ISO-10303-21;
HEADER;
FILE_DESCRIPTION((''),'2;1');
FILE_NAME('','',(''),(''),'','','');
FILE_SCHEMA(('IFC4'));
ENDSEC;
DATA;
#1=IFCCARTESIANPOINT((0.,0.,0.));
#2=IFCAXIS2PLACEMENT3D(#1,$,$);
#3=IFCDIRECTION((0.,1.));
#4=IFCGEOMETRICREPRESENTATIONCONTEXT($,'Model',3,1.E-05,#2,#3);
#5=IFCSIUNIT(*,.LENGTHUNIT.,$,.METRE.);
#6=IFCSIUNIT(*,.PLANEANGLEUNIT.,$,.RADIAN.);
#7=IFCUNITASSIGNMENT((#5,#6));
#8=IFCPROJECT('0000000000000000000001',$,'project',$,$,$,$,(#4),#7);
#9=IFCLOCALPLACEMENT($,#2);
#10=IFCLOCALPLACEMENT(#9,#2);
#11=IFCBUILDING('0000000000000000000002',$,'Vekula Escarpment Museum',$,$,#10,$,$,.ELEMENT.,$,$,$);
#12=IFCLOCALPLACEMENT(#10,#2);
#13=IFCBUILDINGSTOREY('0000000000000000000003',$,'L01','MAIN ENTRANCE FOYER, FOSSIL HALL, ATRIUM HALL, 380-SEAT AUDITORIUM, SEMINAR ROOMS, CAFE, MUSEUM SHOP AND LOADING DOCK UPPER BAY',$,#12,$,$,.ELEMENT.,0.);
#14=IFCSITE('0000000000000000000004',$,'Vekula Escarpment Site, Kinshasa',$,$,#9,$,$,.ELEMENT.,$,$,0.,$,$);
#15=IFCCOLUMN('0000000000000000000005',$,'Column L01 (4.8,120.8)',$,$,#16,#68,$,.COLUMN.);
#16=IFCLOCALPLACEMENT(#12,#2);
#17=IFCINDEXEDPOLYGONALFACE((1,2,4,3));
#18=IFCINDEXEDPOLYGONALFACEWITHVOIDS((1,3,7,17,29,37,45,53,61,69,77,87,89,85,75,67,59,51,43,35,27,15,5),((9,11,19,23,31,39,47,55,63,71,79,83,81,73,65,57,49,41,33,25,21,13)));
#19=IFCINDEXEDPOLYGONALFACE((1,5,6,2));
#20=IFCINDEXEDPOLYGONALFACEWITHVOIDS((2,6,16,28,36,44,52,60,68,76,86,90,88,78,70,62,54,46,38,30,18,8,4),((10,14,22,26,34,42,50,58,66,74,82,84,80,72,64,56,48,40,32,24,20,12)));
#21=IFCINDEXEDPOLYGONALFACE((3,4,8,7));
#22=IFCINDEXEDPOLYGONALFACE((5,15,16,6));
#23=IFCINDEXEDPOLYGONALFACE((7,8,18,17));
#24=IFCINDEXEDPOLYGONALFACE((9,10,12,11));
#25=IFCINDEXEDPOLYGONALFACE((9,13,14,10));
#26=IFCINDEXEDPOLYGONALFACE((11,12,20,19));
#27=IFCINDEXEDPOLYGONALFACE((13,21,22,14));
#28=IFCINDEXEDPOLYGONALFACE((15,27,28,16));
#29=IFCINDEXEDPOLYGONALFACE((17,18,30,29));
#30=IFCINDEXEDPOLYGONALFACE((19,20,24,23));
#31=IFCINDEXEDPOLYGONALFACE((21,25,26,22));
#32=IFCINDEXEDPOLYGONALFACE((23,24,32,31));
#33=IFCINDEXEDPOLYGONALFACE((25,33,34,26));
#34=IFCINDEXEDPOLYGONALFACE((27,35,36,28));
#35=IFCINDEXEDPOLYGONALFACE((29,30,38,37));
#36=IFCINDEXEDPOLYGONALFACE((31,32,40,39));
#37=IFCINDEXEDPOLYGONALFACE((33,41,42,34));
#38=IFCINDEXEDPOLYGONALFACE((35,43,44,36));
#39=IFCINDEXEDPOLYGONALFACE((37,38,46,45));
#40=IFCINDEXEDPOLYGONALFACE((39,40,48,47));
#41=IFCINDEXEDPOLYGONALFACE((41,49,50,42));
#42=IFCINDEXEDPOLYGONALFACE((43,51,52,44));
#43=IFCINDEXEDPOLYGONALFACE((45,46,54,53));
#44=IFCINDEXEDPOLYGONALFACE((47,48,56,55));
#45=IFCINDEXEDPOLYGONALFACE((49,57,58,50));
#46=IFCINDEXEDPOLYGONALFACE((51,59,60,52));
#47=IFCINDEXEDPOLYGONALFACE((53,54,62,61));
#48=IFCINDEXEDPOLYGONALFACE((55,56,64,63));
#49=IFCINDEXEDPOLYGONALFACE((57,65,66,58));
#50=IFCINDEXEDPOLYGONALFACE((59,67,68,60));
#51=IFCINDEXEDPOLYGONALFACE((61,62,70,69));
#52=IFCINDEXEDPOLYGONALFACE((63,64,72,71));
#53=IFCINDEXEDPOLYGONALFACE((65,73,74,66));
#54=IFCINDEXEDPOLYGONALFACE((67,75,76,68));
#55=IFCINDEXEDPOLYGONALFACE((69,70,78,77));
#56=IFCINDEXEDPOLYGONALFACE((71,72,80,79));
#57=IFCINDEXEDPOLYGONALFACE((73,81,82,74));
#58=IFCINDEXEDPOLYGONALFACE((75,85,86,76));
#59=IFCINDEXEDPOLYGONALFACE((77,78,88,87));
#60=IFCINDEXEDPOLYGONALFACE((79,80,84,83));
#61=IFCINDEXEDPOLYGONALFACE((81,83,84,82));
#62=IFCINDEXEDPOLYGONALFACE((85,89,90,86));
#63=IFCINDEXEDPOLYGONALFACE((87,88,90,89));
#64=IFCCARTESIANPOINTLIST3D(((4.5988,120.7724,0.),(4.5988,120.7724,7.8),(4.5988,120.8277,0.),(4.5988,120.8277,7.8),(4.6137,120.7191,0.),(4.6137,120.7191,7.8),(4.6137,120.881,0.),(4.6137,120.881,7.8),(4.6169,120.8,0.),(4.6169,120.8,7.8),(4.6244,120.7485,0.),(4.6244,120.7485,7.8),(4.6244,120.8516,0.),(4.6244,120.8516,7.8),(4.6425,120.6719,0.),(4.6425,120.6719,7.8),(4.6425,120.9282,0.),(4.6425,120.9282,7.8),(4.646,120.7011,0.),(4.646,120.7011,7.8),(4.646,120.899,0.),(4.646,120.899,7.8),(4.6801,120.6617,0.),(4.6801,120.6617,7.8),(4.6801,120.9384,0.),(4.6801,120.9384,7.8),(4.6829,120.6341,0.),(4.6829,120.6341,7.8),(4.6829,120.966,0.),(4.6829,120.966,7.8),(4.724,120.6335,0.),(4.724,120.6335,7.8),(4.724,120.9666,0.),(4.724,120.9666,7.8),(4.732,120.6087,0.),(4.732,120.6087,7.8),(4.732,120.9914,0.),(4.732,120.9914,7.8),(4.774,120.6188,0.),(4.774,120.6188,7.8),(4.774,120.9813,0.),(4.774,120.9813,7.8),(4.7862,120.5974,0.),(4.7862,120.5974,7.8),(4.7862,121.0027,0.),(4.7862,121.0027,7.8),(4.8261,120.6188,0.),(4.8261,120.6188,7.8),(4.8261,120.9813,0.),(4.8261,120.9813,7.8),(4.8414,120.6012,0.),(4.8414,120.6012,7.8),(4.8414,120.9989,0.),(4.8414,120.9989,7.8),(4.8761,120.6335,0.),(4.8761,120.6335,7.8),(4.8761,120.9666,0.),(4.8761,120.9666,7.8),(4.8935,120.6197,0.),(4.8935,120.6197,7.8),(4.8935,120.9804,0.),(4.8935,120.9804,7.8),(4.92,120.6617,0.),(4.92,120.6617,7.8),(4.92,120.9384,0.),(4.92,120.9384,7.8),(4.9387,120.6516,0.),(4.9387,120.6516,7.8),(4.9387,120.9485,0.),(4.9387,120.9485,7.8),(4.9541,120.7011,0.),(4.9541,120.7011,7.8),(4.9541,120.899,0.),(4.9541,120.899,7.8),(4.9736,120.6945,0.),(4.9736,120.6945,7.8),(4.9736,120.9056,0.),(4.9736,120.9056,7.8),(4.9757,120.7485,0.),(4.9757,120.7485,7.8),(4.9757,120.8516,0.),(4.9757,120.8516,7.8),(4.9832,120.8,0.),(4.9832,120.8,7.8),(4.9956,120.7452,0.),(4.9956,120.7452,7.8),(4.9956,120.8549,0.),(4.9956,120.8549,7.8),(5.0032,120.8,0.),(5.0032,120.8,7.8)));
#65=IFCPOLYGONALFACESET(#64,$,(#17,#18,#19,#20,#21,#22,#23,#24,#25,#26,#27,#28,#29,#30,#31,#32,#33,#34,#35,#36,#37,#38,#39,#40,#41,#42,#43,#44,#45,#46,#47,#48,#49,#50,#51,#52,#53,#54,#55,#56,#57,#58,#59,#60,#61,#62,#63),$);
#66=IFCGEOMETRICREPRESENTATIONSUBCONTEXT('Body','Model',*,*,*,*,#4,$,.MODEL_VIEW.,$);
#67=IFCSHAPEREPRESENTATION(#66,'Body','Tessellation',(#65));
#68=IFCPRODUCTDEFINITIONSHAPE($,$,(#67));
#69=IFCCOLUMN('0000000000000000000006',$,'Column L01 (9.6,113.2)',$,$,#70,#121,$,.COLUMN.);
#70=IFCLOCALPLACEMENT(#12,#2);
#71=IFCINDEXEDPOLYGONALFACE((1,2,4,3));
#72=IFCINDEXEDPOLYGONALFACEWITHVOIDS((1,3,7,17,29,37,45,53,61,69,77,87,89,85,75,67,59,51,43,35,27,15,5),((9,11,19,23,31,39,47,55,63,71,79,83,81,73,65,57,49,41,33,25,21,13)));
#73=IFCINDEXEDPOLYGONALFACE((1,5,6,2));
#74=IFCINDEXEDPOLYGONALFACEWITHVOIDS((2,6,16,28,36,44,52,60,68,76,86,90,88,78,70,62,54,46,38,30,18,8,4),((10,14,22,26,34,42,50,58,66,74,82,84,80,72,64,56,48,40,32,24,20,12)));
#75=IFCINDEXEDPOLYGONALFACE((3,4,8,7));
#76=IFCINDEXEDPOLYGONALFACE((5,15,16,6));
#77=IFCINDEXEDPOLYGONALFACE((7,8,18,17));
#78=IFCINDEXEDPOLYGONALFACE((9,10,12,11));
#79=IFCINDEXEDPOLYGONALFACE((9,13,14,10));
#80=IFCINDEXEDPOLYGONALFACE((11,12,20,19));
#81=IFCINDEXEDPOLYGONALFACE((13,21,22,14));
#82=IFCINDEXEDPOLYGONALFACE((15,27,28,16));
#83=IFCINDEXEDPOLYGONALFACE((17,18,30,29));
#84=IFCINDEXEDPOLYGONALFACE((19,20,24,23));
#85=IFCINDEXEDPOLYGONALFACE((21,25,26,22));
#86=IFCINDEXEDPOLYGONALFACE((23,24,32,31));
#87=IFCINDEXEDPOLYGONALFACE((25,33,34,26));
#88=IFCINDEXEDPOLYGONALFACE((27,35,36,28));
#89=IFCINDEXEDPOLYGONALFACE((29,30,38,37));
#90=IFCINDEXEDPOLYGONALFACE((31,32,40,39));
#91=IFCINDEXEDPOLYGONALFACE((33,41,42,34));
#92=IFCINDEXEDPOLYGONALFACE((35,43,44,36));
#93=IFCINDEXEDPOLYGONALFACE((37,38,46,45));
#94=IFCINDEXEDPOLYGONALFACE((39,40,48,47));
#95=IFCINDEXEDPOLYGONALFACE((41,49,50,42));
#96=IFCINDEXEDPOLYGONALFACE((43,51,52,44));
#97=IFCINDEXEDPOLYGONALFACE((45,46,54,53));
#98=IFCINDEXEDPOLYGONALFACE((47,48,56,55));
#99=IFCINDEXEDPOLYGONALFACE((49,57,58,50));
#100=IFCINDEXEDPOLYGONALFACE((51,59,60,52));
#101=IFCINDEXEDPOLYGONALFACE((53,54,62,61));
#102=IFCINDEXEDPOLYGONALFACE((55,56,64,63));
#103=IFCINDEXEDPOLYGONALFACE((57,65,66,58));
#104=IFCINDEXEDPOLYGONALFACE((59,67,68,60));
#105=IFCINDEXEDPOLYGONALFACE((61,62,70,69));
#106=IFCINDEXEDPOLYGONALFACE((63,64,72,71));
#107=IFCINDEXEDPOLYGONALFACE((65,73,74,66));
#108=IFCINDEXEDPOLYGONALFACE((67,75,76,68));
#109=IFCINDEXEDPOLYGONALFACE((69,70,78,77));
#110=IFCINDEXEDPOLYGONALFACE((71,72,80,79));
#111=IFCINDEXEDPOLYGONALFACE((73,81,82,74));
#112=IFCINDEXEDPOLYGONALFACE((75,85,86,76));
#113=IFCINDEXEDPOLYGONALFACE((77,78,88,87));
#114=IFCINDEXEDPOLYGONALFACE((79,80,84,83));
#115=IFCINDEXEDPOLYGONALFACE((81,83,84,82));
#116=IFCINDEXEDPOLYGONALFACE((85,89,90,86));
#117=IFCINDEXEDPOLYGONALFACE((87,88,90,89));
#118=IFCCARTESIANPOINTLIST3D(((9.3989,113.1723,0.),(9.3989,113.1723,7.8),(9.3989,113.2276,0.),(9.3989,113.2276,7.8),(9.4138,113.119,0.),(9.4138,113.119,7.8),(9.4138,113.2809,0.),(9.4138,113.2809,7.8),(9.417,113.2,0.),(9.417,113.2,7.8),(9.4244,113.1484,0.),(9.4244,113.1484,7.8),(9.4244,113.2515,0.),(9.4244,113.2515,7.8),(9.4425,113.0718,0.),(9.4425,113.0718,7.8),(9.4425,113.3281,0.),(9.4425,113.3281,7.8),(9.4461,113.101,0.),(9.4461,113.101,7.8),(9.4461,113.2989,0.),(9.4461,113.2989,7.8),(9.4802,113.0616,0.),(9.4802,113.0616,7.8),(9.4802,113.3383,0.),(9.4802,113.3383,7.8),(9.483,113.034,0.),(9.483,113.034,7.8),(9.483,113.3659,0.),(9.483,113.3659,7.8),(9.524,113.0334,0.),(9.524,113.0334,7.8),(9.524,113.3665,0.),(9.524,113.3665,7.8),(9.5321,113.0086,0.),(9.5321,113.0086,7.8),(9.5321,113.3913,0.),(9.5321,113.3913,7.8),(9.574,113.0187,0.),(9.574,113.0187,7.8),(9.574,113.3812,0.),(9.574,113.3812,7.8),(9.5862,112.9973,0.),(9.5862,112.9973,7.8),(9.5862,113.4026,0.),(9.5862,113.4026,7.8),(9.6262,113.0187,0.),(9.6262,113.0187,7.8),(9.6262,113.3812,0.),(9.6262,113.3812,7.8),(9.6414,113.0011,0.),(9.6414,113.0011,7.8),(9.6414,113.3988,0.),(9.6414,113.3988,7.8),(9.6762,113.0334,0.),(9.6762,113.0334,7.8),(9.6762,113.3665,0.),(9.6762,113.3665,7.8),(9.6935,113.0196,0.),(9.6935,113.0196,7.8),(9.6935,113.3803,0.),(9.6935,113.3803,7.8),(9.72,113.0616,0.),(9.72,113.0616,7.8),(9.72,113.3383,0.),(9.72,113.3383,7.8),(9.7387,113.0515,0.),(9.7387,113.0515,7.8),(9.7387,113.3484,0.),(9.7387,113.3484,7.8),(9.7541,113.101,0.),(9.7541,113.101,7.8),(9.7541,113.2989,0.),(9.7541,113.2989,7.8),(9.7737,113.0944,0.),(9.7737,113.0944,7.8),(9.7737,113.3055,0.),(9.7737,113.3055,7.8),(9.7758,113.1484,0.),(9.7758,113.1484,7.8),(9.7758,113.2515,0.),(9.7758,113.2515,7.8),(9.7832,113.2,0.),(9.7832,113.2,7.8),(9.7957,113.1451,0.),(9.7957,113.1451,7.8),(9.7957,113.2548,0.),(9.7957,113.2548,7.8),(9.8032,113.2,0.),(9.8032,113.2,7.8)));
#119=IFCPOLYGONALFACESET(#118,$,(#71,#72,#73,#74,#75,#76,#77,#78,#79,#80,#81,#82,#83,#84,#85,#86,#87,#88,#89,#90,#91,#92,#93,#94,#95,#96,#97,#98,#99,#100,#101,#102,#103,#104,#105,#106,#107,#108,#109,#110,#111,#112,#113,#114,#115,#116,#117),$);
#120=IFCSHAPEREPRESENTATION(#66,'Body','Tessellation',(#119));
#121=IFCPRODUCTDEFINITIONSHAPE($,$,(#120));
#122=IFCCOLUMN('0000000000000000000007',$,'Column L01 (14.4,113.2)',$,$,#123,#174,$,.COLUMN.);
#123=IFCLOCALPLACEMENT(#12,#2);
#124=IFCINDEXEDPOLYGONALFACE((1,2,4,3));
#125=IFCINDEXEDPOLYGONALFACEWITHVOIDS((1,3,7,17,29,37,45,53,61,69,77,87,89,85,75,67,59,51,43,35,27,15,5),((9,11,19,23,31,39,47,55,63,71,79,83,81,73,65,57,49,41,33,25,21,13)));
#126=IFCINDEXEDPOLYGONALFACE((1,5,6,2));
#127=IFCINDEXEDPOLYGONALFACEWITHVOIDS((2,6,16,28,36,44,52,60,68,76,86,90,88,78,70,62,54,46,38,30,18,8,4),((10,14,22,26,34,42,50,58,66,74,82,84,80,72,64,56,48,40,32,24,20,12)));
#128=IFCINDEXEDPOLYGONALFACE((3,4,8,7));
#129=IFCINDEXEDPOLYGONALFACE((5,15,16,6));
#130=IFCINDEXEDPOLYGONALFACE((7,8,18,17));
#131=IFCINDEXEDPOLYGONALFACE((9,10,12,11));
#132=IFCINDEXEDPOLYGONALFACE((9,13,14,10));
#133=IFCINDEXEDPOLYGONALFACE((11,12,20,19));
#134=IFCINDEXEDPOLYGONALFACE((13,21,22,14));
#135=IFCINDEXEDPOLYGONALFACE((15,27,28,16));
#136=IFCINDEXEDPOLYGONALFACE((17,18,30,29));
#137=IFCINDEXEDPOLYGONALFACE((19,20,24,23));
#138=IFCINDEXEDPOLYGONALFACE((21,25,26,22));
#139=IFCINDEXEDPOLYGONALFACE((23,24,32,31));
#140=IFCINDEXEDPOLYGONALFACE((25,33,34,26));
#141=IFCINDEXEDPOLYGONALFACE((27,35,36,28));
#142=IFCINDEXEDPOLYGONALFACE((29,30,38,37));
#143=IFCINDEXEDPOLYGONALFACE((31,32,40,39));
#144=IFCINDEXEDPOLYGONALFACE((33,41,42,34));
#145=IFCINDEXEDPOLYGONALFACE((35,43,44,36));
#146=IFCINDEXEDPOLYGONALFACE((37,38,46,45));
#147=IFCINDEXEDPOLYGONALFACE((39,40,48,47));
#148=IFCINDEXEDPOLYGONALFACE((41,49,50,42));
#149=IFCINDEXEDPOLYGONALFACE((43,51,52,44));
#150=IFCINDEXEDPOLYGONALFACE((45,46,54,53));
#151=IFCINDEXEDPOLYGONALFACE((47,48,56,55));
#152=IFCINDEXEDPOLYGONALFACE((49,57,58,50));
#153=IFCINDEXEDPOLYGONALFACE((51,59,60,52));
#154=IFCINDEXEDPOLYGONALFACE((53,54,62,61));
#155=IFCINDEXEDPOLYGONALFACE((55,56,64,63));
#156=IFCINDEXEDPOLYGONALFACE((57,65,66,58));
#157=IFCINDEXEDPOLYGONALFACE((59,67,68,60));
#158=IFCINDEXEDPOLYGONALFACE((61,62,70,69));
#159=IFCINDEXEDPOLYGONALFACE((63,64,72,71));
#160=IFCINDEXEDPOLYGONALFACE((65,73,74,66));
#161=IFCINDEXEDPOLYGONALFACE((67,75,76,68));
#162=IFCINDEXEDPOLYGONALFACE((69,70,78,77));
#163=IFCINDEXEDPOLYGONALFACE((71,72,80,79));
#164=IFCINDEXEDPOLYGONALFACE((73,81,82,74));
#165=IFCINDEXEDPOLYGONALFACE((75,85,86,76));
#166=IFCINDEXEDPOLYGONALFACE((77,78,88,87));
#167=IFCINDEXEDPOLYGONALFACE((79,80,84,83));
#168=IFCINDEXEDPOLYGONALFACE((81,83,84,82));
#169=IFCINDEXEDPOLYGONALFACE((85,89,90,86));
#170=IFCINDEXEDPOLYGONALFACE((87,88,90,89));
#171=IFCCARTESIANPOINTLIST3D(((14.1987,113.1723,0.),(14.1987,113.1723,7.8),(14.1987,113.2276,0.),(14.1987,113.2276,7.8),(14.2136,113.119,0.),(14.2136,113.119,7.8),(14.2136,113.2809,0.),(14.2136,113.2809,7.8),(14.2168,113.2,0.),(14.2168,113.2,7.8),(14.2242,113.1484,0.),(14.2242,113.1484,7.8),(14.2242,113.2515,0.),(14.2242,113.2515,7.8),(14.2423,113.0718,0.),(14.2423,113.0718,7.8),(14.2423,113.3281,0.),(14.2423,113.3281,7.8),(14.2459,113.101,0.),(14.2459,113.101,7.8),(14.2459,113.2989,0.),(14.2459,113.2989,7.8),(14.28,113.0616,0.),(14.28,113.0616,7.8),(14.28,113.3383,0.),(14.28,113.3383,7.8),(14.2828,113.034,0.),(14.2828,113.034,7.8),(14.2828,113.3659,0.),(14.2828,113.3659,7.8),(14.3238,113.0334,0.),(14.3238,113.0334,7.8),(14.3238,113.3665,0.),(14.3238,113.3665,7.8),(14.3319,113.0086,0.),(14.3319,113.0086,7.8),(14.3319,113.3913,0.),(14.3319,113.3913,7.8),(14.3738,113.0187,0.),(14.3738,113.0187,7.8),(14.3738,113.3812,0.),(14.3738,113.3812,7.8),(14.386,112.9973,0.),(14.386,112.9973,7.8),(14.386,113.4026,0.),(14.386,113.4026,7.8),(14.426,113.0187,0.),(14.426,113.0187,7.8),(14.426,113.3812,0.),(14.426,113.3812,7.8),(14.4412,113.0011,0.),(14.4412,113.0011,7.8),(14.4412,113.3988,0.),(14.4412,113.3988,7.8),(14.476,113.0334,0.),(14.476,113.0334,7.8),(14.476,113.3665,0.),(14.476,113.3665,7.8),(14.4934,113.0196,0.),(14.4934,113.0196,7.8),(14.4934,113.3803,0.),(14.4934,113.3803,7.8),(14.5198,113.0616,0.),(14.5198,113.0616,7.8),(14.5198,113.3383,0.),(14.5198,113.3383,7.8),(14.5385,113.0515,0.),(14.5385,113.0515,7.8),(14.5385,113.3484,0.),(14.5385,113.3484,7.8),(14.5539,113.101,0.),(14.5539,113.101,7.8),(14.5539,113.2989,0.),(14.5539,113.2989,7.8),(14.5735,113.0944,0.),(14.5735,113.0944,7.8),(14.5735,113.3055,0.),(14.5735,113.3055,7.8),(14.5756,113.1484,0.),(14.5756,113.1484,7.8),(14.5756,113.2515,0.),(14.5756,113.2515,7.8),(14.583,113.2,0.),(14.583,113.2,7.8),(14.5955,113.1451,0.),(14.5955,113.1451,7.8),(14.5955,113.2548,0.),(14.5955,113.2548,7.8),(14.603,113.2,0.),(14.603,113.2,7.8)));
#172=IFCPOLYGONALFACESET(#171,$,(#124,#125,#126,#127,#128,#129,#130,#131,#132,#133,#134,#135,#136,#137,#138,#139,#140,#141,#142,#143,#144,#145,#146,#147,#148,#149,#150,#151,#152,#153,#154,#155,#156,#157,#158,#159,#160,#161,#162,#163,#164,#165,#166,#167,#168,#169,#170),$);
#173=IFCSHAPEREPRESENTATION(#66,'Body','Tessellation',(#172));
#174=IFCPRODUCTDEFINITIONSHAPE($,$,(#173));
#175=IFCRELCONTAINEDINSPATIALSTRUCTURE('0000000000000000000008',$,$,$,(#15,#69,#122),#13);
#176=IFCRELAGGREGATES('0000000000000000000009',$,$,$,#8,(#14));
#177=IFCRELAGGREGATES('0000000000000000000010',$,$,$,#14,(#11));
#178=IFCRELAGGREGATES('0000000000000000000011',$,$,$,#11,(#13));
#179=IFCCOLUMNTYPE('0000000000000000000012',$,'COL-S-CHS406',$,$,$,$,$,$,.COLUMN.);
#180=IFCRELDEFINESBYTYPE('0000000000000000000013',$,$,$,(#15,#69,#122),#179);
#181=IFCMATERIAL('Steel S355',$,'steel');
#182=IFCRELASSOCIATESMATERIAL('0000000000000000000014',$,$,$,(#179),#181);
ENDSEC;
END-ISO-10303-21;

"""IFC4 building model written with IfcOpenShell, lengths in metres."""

from ifc_helpers import new_model, si_unit, direction, frame, origin, origin_2d, place, context, subcontext, project, spatial, hollow_circle, extrude, material, material_profile, profile_set, type_object, element, save


model = new_model("IFC4")

# Units and contexts
model_context = context("Model", 3, precision=1e-05, world=origin(), true_north=direction((0.0, 1.0)))
body_context = subcontext(model_context, "Body", "Model", "MODEL_VIEW")
ifc_project = project(units=[si_unit("LENGTHUNIT", "METRE"), si_unit("PLANEANGLEUNIT", "RADIAN")], contexts=[model_context])

# Site, building, storey
site_placement = place(None, origin())
site = spatial("IfcSite", under=ifc_project, at=site_placement, Name="Vekula Escarpment Site, Kinshasa", CompositionType="ELEMENT", RefElevation=0.0)
building_placement = place(site_placement, origin())
building = spatial("IfcBuilding", under=site, at=building_placement, Name="Vekula Escarpment Museum", CompositionType="ELEMENT")
storey_placement = place(building_placement, origin())
storey = spatial("IfcBuildingStorey", under=building, at=storey_placement, Name="L01", Description="MAIN ENTRANCE FOYER, FOSSIL HALL, ATRIUM HALL, 380-SEAT AUDITORIUM, SEMINAR ROOMS, CAFE, MUSEUM SHOP AND LOADING DOCK UPPER BAY", CompositionType="ELEMENT", Elevation=0.0)

# Columns
ifc_material_1 = material(Name="Steel S355", Category="steel")
ifc_material_profile_1 = material_profile(ifc_material_1, hollow_circle(Radius=0.2031, WallThickness=0.02, at=origin_2d()), Name="CHS 406.4x20")
ifc_profile_set_1 = profile_set([ifc_material_profile_1], Name="Steel S355")
column_type = type_object("IfcColumnType", Name="COL-S-CHS406", PredefinedType="COLUMN", material=ifc_profile_set_1)
for number, where, z_axis, x_axis, name in (
    (1, (4.8, 120.8, 0.0), (0.0, 0.0, 1.0), (1.0, 0.0, 0.0), "Column L01 (4.8,120.8)"),
    (2, (9.6001, 113.2, 0.0), (0.0, 0.0, 1.0), (1.0, 0.0, 0.0), "Column L01 (9.6,113.2)"),
    (3, (14.3999, 113.2, 0.0), (0.0, 0.0, 1.0), (1.0, 0.0, 0.0), "Column L01 (14.4,113.2)"),
):
    element("IfcColumn", number, at=place(storey_placement, frame(where, z_axis=z_axis, x_axis=x_axis)), inside=storey, type_object=column_type, Name=name, PredefinedType="COLUMN", context=body_context, shape_type="SweptSolid", body=[
        extrude(hollow_circle(Radius=0.2031, WallThickness=0.02, at=origin_2d()), origin(), (0.0, 0.0, 1.0), 7.8),
    ])

save(model, "model.ifc")
